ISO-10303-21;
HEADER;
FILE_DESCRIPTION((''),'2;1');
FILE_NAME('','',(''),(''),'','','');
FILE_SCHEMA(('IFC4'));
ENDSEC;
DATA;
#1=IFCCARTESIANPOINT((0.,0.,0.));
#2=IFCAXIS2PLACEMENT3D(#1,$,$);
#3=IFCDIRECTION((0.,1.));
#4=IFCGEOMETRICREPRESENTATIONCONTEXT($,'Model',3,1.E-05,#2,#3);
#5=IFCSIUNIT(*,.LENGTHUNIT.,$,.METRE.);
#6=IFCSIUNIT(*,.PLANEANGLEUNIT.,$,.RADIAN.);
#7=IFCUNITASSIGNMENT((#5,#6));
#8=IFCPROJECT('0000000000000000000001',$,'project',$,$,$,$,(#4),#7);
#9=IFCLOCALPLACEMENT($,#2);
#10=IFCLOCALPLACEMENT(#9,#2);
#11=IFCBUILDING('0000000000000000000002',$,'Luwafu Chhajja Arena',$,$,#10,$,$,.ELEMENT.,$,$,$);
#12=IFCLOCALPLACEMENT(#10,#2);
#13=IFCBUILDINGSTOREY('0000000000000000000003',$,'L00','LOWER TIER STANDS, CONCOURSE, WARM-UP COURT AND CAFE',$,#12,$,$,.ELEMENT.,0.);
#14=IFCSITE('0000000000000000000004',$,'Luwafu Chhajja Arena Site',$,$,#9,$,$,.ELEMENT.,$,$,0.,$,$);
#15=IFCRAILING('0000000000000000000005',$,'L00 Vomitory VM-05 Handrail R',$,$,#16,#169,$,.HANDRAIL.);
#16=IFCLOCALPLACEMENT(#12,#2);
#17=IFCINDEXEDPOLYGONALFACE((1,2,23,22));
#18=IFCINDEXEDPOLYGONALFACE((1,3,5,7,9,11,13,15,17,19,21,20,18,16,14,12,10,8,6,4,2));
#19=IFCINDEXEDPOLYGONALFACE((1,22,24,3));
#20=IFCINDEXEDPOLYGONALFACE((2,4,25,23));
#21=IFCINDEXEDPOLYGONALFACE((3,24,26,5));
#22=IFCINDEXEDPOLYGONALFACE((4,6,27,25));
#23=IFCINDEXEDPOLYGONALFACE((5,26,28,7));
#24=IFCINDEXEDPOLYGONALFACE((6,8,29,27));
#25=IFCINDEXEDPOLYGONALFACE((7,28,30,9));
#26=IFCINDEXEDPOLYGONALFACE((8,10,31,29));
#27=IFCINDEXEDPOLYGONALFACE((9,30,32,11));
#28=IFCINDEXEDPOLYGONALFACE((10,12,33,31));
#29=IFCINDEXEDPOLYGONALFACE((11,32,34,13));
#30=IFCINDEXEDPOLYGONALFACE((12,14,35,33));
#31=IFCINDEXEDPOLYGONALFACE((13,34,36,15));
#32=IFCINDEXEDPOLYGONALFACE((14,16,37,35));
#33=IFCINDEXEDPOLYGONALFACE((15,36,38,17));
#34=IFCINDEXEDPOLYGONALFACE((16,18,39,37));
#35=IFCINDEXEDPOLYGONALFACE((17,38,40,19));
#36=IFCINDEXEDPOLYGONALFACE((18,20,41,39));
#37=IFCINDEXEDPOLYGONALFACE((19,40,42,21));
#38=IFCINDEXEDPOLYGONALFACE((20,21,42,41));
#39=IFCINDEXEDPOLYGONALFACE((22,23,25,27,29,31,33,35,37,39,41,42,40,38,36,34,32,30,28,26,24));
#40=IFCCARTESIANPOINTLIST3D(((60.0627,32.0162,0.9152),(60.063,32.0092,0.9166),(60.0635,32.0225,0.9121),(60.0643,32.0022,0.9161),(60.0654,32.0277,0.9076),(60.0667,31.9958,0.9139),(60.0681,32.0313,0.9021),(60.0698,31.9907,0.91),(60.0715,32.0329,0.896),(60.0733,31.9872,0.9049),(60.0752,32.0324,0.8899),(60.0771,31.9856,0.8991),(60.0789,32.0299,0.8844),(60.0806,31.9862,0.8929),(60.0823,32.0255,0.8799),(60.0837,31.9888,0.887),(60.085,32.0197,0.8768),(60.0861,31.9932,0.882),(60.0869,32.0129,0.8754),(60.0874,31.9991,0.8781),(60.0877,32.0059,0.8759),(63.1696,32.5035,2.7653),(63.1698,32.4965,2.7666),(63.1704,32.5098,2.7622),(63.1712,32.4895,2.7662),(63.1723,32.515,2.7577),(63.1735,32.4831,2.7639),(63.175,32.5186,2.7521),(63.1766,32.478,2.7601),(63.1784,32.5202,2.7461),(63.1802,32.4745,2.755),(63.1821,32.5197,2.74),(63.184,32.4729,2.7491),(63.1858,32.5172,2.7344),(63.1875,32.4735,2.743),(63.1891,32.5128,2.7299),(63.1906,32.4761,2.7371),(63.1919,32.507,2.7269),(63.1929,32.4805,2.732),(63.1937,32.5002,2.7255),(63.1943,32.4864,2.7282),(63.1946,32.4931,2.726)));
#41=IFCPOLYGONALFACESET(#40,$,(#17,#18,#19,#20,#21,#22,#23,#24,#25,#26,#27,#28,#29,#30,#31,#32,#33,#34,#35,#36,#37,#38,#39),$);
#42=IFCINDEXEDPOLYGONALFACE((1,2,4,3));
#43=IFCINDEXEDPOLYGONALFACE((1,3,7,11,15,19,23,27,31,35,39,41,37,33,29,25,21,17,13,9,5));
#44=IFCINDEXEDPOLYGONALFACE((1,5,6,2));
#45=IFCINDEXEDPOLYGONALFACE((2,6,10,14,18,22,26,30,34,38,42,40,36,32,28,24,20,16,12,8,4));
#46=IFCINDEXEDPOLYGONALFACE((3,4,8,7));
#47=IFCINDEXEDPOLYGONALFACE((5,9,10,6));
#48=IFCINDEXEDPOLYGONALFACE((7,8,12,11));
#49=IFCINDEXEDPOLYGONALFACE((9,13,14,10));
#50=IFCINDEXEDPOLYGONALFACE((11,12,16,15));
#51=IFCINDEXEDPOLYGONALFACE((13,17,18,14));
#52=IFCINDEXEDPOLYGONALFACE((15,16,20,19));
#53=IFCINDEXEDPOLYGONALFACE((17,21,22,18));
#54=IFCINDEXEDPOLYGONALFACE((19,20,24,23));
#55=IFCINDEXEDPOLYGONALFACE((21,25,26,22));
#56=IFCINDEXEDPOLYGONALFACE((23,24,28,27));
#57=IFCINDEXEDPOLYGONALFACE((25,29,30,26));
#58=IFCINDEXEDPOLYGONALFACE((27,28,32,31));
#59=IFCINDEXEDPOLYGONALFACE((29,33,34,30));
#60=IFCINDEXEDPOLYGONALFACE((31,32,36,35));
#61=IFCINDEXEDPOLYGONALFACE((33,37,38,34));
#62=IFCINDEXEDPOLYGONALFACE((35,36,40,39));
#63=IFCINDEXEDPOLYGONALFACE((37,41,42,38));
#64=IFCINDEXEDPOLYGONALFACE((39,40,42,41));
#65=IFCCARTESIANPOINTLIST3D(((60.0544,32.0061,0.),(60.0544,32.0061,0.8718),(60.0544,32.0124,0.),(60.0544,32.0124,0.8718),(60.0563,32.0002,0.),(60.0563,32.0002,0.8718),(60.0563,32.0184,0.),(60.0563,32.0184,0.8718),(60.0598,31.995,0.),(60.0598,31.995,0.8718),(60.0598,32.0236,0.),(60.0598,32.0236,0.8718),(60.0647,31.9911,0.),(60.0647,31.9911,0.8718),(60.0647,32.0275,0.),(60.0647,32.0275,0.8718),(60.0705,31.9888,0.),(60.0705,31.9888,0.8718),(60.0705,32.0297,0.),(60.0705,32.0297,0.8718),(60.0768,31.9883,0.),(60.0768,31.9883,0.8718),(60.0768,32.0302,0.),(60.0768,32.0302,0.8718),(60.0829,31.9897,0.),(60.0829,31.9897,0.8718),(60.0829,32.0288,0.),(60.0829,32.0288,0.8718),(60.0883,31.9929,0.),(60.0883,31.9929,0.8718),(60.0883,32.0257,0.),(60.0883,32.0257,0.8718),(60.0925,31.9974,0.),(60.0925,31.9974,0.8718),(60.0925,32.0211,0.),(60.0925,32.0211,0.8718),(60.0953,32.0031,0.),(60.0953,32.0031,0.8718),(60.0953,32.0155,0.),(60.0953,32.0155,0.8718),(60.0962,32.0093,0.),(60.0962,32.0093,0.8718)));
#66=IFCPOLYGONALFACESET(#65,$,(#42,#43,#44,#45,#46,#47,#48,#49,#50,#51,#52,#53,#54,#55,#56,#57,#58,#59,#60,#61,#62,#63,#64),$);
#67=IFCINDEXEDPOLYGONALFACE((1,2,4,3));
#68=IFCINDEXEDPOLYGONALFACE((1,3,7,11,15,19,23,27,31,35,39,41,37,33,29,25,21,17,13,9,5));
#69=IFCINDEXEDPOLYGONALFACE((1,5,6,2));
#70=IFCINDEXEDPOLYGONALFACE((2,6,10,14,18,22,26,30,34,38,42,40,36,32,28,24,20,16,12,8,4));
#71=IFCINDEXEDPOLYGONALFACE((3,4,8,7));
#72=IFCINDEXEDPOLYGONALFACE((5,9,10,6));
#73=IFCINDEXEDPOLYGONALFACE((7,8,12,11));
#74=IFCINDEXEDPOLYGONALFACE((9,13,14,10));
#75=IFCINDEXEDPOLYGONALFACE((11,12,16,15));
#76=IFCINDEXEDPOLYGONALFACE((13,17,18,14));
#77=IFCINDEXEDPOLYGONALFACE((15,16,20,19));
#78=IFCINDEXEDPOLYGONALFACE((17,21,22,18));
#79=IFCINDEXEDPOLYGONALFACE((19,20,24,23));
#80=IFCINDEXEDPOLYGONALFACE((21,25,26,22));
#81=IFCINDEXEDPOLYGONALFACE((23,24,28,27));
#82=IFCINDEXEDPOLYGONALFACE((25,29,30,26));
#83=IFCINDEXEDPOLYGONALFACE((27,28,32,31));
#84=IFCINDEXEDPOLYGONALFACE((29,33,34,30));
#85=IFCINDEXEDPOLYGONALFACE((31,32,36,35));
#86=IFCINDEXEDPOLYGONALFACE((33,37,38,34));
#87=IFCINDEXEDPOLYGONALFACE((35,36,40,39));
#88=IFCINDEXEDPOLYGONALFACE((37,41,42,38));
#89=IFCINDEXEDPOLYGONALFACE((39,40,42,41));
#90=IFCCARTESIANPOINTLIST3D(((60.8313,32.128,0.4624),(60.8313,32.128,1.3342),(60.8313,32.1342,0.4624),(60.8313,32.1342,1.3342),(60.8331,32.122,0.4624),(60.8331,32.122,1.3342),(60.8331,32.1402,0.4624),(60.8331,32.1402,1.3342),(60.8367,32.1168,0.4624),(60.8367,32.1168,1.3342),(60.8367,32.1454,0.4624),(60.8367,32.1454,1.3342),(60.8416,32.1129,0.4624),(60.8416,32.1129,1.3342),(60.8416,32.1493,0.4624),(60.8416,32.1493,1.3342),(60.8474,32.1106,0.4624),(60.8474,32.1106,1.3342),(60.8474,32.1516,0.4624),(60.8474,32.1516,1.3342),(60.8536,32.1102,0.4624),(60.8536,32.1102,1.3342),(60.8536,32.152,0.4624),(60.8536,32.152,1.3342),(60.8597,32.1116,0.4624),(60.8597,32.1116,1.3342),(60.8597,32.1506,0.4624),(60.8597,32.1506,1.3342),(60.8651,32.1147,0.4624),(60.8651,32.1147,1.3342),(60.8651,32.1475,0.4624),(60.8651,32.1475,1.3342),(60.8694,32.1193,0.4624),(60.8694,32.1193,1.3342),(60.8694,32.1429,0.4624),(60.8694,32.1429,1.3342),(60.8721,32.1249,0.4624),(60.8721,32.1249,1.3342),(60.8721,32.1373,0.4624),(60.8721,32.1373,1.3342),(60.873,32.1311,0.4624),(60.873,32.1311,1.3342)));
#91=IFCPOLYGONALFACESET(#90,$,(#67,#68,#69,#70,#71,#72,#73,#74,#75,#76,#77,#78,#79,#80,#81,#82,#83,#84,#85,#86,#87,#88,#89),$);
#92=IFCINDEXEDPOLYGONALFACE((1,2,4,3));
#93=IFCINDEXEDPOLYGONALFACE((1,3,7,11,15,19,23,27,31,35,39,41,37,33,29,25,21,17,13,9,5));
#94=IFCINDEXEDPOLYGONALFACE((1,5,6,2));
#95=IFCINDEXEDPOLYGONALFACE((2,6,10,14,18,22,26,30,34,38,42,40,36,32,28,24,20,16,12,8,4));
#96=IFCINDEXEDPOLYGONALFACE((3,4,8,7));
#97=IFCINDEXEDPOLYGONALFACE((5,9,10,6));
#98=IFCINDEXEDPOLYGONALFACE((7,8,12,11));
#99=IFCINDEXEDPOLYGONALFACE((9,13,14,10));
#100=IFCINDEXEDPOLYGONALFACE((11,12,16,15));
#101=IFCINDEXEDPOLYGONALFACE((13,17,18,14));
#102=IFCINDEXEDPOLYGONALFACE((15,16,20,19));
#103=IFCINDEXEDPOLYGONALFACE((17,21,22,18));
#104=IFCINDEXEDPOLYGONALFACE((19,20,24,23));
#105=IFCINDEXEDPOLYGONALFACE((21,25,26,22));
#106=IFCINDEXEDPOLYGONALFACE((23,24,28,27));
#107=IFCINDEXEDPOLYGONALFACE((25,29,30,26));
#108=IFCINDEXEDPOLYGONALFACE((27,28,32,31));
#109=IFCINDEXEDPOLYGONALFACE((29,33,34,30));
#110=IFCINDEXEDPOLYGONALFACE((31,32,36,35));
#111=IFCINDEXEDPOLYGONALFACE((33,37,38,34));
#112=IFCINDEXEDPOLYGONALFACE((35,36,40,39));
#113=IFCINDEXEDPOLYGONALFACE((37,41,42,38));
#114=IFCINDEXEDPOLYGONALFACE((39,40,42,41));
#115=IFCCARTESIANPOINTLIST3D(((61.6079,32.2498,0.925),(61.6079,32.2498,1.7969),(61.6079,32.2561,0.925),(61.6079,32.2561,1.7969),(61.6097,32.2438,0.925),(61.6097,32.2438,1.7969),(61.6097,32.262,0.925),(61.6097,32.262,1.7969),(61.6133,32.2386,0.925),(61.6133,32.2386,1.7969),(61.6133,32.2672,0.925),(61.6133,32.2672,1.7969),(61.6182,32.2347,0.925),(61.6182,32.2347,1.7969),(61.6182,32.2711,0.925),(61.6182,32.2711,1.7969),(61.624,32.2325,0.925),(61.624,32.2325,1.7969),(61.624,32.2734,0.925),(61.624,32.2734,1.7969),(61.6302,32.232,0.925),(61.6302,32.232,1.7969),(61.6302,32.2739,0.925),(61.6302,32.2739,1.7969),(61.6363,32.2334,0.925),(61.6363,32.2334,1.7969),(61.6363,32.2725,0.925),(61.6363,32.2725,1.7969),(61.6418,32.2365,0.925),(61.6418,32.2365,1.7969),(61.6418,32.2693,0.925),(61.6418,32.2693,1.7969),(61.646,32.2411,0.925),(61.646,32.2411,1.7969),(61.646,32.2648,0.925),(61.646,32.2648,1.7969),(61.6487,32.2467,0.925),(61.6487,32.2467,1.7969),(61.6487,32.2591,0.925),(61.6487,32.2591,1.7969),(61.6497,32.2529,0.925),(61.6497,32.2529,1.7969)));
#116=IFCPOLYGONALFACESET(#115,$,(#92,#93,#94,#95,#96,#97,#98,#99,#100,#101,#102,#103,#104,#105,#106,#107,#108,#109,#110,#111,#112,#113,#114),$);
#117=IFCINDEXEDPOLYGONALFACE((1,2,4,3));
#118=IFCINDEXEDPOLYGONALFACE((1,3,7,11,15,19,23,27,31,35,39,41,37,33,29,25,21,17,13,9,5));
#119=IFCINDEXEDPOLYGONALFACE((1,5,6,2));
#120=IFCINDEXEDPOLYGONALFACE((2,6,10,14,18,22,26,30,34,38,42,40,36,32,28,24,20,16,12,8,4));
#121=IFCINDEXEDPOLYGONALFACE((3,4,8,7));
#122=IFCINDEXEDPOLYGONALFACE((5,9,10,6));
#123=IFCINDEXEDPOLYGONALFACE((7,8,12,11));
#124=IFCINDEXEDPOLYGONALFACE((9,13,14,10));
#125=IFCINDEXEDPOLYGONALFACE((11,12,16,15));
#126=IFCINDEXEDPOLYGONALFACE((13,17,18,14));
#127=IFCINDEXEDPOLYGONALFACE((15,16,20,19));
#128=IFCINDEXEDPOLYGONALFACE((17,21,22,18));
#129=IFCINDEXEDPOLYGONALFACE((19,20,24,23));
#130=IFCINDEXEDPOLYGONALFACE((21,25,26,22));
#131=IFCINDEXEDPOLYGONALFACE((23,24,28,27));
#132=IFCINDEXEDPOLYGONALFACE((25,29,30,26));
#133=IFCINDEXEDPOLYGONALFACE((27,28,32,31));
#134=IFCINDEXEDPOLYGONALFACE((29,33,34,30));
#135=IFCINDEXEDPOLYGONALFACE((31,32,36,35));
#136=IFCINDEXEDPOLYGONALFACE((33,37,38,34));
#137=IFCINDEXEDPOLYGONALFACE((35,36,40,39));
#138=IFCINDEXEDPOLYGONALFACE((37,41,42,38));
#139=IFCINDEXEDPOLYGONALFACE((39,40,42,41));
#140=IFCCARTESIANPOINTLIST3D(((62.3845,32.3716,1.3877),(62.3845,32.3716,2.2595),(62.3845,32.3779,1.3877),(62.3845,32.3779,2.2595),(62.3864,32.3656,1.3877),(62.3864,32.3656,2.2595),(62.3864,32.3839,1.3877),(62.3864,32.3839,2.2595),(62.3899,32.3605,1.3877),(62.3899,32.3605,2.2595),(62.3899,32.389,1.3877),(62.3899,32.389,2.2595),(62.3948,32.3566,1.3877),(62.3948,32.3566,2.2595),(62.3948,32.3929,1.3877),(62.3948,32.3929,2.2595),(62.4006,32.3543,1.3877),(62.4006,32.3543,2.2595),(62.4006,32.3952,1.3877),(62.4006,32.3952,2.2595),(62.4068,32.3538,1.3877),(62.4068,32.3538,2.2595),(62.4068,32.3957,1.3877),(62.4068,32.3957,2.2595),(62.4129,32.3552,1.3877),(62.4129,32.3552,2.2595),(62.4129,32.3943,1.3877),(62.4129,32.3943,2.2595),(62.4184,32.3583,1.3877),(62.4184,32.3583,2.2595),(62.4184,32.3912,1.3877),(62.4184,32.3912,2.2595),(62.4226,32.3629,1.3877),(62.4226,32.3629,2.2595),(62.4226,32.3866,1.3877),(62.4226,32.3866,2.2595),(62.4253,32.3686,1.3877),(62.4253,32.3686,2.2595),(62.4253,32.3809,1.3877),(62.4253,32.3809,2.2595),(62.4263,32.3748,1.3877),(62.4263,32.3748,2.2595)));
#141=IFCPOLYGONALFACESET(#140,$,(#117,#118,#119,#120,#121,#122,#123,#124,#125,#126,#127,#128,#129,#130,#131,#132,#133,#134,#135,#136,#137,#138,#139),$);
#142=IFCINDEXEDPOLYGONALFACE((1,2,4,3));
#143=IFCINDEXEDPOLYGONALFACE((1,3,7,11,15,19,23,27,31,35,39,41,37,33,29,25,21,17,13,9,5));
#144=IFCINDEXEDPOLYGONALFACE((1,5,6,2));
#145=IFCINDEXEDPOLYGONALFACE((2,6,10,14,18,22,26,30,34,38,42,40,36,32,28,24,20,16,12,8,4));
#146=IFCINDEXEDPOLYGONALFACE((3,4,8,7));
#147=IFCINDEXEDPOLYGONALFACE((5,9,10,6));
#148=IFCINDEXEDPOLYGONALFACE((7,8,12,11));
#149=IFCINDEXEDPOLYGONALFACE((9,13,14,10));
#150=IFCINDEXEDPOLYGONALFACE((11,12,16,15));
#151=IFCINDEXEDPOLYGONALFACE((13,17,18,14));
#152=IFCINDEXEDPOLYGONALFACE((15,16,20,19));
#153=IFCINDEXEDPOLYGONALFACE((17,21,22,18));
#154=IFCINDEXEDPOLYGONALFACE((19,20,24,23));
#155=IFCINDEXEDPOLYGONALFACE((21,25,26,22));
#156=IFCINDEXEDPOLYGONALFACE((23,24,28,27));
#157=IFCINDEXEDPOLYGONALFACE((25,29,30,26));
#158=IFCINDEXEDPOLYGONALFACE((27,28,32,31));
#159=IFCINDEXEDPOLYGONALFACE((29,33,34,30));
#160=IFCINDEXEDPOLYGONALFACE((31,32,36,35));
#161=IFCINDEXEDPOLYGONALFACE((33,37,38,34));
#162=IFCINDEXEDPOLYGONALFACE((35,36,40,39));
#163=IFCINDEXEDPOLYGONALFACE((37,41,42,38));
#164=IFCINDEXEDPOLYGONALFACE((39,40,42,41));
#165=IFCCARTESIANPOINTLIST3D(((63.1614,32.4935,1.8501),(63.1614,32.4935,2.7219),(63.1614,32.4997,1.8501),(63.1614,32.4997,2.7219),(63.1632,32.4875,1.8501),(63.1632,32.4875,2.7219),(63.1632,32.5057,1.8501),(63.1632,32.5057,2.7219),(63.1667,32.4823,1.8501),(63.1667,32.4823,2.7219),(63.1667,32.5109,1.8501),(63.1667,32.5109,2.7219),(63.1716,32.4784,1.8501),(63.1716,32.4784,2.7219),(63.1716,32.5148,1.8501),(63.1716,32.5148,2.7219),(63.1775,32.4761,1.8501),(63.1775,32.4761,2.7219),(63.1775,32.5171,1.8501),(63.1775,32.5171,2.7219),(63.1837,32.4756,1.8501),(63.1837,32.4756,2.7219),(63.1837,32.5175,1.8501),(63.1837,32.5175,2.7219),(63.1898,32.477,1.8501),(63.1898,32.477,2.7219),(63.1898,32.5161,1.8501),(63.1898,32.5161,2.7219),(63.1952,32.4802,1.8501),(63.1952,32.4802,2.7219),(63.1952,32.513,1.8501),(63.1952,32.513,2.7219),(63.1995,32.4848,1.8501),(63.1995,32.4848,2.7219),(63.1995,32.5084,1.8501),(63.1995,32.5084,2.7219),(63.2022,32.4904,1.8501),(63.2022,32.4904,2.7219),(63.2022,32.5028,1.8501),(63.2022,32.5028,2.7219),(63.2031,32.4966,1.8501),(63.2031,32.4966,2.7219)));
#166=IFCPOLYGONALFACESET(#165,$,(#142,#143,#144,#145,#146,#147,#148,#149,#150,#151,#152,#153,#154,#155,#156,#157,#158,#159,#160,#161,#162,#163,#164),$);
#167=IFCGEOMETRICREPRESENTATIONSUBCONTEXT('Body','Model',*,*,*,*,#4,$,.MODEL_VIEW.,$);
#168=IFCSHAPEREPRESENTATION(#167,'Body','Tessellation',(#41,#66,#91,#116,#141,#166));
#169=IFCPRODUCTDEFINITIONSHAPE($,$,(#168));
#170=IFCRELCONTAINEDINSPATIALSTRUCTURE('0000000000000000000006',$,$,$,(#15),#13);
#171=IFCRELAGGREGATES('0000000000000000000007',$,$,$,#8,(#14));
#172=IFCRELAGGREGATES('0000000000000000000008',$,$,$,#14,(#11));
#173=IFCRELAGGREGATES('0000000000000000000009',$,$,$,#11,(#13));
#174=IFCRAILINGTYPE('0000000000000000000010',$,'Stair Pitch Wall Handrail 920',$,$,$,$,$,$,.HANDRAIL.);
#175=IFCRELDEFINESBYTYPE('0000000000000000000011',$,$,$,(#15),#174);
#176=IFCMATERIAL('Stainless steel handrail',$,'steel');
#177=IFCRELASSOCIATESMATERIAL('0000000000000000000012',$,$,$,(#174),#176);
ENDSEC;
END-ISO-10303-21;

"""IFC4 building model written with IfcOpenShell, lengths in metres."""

from ifc_helpers import new_model, si_unit, direction, frame, origin, origin_2d, place, context, subcontext, project, spatial, circle, extrude, material, type_object, element, save


model = new_model("IFC4")

# Units and contexts
model_context = context("Model", 3, precision=1e-05, world=origin(), true_north=direction((0.0, 1.0)))
body_context = subcontext(model_context, "Body", "Model", "MODEL_VIEW")
ifc_project = project(units=[si_unit("LENGTHUNIT", "METRE"), si_unit("PLANEANGLEUNIT", "RADIAN")], contexts=[model_context])

# Site, building, storey
site_placement = place(None, origin())
site = spatial("IfcSite", under=ifc_project, at=site_placement, Name="Luwafu Chhajja Arena Site", CompositionType="ELEMENT", RefElevation=0.0)
building_placement = place(site_placement, origin())
building = spatial("IfcBuilding", under=site, at=building_placement, Name="Luwafu Chhajja Arena", CompositionType="ELEMENT")
storey_placement = place(building_placement, origin())
storey = spatial("IfcBuildingStorey", under=building, at=storey_placement, Name="L00", Description="LOWER TIER STANDS, CONCOURSE, WARM-UP COURT AND CAFE", CompositionType="ELEMENT", Elevation=0.0)

# Railing
ifc_material_1 = material(Name="Stainless steel handrail", Category="steel")
railing_type_1 = type_object("IfcRailingType", Name="Stair Pitch Wall Handrail 920", PredefinedType="HANDRAIL", material=ifc_material_1)
for number, where, name in (
    (1, (60.0752, 32.0093, 0.0), "L00 Vomitory VM-05 Handrail R"),
):
    element("IfcRailing", number, at=place(storey_placement, frame(where)), inside=storey, type_object=railing_type_1, Name=name, PredefinedType="HANDRAIL", context=body_context, shape_type="SweptSolid", body=[
        extrude(circle(Radius=0.0239, at=origin_2d()), frame((0.0, 0.0, 0.896), z_axis=(0.851507, 0.133554, 0.50705), x_axis=(-0.15495, 0.987922, 0.0)), (0.0, 0.0, 1.0), 3.6487),
        extrude(circle(Radius=0.021, at=origin_2d()), origin(), (0.0, 0.0, 1.0), 0.8718),
        extrude(circle(Radius=0.021, at=origin_2d()), frame((0.7769, 0.1218, 0.4624)), (0.0, 0.0, 1.0), 0.8718),
        extrude(circle(Radius=0.021, at=origin_2d()), frame((1.5535, 0.2437, 0.925)), (0.0, 0.0, 1.0), 0.8718),
        extrude(circle(Radius=0.021, at=origin_2d()), frame((2.3301, 0.3655, 1.3877)), (0.0, 0.0, 1.0), 0.8718),
        extrude(circle(Radius=0.021, at=origin_2d()), frame((3.1069, 0.4873, 1.8501)), (0.0, 0.0, 1.0), 0.8718),
    ])

save(model, "model.ifc")
